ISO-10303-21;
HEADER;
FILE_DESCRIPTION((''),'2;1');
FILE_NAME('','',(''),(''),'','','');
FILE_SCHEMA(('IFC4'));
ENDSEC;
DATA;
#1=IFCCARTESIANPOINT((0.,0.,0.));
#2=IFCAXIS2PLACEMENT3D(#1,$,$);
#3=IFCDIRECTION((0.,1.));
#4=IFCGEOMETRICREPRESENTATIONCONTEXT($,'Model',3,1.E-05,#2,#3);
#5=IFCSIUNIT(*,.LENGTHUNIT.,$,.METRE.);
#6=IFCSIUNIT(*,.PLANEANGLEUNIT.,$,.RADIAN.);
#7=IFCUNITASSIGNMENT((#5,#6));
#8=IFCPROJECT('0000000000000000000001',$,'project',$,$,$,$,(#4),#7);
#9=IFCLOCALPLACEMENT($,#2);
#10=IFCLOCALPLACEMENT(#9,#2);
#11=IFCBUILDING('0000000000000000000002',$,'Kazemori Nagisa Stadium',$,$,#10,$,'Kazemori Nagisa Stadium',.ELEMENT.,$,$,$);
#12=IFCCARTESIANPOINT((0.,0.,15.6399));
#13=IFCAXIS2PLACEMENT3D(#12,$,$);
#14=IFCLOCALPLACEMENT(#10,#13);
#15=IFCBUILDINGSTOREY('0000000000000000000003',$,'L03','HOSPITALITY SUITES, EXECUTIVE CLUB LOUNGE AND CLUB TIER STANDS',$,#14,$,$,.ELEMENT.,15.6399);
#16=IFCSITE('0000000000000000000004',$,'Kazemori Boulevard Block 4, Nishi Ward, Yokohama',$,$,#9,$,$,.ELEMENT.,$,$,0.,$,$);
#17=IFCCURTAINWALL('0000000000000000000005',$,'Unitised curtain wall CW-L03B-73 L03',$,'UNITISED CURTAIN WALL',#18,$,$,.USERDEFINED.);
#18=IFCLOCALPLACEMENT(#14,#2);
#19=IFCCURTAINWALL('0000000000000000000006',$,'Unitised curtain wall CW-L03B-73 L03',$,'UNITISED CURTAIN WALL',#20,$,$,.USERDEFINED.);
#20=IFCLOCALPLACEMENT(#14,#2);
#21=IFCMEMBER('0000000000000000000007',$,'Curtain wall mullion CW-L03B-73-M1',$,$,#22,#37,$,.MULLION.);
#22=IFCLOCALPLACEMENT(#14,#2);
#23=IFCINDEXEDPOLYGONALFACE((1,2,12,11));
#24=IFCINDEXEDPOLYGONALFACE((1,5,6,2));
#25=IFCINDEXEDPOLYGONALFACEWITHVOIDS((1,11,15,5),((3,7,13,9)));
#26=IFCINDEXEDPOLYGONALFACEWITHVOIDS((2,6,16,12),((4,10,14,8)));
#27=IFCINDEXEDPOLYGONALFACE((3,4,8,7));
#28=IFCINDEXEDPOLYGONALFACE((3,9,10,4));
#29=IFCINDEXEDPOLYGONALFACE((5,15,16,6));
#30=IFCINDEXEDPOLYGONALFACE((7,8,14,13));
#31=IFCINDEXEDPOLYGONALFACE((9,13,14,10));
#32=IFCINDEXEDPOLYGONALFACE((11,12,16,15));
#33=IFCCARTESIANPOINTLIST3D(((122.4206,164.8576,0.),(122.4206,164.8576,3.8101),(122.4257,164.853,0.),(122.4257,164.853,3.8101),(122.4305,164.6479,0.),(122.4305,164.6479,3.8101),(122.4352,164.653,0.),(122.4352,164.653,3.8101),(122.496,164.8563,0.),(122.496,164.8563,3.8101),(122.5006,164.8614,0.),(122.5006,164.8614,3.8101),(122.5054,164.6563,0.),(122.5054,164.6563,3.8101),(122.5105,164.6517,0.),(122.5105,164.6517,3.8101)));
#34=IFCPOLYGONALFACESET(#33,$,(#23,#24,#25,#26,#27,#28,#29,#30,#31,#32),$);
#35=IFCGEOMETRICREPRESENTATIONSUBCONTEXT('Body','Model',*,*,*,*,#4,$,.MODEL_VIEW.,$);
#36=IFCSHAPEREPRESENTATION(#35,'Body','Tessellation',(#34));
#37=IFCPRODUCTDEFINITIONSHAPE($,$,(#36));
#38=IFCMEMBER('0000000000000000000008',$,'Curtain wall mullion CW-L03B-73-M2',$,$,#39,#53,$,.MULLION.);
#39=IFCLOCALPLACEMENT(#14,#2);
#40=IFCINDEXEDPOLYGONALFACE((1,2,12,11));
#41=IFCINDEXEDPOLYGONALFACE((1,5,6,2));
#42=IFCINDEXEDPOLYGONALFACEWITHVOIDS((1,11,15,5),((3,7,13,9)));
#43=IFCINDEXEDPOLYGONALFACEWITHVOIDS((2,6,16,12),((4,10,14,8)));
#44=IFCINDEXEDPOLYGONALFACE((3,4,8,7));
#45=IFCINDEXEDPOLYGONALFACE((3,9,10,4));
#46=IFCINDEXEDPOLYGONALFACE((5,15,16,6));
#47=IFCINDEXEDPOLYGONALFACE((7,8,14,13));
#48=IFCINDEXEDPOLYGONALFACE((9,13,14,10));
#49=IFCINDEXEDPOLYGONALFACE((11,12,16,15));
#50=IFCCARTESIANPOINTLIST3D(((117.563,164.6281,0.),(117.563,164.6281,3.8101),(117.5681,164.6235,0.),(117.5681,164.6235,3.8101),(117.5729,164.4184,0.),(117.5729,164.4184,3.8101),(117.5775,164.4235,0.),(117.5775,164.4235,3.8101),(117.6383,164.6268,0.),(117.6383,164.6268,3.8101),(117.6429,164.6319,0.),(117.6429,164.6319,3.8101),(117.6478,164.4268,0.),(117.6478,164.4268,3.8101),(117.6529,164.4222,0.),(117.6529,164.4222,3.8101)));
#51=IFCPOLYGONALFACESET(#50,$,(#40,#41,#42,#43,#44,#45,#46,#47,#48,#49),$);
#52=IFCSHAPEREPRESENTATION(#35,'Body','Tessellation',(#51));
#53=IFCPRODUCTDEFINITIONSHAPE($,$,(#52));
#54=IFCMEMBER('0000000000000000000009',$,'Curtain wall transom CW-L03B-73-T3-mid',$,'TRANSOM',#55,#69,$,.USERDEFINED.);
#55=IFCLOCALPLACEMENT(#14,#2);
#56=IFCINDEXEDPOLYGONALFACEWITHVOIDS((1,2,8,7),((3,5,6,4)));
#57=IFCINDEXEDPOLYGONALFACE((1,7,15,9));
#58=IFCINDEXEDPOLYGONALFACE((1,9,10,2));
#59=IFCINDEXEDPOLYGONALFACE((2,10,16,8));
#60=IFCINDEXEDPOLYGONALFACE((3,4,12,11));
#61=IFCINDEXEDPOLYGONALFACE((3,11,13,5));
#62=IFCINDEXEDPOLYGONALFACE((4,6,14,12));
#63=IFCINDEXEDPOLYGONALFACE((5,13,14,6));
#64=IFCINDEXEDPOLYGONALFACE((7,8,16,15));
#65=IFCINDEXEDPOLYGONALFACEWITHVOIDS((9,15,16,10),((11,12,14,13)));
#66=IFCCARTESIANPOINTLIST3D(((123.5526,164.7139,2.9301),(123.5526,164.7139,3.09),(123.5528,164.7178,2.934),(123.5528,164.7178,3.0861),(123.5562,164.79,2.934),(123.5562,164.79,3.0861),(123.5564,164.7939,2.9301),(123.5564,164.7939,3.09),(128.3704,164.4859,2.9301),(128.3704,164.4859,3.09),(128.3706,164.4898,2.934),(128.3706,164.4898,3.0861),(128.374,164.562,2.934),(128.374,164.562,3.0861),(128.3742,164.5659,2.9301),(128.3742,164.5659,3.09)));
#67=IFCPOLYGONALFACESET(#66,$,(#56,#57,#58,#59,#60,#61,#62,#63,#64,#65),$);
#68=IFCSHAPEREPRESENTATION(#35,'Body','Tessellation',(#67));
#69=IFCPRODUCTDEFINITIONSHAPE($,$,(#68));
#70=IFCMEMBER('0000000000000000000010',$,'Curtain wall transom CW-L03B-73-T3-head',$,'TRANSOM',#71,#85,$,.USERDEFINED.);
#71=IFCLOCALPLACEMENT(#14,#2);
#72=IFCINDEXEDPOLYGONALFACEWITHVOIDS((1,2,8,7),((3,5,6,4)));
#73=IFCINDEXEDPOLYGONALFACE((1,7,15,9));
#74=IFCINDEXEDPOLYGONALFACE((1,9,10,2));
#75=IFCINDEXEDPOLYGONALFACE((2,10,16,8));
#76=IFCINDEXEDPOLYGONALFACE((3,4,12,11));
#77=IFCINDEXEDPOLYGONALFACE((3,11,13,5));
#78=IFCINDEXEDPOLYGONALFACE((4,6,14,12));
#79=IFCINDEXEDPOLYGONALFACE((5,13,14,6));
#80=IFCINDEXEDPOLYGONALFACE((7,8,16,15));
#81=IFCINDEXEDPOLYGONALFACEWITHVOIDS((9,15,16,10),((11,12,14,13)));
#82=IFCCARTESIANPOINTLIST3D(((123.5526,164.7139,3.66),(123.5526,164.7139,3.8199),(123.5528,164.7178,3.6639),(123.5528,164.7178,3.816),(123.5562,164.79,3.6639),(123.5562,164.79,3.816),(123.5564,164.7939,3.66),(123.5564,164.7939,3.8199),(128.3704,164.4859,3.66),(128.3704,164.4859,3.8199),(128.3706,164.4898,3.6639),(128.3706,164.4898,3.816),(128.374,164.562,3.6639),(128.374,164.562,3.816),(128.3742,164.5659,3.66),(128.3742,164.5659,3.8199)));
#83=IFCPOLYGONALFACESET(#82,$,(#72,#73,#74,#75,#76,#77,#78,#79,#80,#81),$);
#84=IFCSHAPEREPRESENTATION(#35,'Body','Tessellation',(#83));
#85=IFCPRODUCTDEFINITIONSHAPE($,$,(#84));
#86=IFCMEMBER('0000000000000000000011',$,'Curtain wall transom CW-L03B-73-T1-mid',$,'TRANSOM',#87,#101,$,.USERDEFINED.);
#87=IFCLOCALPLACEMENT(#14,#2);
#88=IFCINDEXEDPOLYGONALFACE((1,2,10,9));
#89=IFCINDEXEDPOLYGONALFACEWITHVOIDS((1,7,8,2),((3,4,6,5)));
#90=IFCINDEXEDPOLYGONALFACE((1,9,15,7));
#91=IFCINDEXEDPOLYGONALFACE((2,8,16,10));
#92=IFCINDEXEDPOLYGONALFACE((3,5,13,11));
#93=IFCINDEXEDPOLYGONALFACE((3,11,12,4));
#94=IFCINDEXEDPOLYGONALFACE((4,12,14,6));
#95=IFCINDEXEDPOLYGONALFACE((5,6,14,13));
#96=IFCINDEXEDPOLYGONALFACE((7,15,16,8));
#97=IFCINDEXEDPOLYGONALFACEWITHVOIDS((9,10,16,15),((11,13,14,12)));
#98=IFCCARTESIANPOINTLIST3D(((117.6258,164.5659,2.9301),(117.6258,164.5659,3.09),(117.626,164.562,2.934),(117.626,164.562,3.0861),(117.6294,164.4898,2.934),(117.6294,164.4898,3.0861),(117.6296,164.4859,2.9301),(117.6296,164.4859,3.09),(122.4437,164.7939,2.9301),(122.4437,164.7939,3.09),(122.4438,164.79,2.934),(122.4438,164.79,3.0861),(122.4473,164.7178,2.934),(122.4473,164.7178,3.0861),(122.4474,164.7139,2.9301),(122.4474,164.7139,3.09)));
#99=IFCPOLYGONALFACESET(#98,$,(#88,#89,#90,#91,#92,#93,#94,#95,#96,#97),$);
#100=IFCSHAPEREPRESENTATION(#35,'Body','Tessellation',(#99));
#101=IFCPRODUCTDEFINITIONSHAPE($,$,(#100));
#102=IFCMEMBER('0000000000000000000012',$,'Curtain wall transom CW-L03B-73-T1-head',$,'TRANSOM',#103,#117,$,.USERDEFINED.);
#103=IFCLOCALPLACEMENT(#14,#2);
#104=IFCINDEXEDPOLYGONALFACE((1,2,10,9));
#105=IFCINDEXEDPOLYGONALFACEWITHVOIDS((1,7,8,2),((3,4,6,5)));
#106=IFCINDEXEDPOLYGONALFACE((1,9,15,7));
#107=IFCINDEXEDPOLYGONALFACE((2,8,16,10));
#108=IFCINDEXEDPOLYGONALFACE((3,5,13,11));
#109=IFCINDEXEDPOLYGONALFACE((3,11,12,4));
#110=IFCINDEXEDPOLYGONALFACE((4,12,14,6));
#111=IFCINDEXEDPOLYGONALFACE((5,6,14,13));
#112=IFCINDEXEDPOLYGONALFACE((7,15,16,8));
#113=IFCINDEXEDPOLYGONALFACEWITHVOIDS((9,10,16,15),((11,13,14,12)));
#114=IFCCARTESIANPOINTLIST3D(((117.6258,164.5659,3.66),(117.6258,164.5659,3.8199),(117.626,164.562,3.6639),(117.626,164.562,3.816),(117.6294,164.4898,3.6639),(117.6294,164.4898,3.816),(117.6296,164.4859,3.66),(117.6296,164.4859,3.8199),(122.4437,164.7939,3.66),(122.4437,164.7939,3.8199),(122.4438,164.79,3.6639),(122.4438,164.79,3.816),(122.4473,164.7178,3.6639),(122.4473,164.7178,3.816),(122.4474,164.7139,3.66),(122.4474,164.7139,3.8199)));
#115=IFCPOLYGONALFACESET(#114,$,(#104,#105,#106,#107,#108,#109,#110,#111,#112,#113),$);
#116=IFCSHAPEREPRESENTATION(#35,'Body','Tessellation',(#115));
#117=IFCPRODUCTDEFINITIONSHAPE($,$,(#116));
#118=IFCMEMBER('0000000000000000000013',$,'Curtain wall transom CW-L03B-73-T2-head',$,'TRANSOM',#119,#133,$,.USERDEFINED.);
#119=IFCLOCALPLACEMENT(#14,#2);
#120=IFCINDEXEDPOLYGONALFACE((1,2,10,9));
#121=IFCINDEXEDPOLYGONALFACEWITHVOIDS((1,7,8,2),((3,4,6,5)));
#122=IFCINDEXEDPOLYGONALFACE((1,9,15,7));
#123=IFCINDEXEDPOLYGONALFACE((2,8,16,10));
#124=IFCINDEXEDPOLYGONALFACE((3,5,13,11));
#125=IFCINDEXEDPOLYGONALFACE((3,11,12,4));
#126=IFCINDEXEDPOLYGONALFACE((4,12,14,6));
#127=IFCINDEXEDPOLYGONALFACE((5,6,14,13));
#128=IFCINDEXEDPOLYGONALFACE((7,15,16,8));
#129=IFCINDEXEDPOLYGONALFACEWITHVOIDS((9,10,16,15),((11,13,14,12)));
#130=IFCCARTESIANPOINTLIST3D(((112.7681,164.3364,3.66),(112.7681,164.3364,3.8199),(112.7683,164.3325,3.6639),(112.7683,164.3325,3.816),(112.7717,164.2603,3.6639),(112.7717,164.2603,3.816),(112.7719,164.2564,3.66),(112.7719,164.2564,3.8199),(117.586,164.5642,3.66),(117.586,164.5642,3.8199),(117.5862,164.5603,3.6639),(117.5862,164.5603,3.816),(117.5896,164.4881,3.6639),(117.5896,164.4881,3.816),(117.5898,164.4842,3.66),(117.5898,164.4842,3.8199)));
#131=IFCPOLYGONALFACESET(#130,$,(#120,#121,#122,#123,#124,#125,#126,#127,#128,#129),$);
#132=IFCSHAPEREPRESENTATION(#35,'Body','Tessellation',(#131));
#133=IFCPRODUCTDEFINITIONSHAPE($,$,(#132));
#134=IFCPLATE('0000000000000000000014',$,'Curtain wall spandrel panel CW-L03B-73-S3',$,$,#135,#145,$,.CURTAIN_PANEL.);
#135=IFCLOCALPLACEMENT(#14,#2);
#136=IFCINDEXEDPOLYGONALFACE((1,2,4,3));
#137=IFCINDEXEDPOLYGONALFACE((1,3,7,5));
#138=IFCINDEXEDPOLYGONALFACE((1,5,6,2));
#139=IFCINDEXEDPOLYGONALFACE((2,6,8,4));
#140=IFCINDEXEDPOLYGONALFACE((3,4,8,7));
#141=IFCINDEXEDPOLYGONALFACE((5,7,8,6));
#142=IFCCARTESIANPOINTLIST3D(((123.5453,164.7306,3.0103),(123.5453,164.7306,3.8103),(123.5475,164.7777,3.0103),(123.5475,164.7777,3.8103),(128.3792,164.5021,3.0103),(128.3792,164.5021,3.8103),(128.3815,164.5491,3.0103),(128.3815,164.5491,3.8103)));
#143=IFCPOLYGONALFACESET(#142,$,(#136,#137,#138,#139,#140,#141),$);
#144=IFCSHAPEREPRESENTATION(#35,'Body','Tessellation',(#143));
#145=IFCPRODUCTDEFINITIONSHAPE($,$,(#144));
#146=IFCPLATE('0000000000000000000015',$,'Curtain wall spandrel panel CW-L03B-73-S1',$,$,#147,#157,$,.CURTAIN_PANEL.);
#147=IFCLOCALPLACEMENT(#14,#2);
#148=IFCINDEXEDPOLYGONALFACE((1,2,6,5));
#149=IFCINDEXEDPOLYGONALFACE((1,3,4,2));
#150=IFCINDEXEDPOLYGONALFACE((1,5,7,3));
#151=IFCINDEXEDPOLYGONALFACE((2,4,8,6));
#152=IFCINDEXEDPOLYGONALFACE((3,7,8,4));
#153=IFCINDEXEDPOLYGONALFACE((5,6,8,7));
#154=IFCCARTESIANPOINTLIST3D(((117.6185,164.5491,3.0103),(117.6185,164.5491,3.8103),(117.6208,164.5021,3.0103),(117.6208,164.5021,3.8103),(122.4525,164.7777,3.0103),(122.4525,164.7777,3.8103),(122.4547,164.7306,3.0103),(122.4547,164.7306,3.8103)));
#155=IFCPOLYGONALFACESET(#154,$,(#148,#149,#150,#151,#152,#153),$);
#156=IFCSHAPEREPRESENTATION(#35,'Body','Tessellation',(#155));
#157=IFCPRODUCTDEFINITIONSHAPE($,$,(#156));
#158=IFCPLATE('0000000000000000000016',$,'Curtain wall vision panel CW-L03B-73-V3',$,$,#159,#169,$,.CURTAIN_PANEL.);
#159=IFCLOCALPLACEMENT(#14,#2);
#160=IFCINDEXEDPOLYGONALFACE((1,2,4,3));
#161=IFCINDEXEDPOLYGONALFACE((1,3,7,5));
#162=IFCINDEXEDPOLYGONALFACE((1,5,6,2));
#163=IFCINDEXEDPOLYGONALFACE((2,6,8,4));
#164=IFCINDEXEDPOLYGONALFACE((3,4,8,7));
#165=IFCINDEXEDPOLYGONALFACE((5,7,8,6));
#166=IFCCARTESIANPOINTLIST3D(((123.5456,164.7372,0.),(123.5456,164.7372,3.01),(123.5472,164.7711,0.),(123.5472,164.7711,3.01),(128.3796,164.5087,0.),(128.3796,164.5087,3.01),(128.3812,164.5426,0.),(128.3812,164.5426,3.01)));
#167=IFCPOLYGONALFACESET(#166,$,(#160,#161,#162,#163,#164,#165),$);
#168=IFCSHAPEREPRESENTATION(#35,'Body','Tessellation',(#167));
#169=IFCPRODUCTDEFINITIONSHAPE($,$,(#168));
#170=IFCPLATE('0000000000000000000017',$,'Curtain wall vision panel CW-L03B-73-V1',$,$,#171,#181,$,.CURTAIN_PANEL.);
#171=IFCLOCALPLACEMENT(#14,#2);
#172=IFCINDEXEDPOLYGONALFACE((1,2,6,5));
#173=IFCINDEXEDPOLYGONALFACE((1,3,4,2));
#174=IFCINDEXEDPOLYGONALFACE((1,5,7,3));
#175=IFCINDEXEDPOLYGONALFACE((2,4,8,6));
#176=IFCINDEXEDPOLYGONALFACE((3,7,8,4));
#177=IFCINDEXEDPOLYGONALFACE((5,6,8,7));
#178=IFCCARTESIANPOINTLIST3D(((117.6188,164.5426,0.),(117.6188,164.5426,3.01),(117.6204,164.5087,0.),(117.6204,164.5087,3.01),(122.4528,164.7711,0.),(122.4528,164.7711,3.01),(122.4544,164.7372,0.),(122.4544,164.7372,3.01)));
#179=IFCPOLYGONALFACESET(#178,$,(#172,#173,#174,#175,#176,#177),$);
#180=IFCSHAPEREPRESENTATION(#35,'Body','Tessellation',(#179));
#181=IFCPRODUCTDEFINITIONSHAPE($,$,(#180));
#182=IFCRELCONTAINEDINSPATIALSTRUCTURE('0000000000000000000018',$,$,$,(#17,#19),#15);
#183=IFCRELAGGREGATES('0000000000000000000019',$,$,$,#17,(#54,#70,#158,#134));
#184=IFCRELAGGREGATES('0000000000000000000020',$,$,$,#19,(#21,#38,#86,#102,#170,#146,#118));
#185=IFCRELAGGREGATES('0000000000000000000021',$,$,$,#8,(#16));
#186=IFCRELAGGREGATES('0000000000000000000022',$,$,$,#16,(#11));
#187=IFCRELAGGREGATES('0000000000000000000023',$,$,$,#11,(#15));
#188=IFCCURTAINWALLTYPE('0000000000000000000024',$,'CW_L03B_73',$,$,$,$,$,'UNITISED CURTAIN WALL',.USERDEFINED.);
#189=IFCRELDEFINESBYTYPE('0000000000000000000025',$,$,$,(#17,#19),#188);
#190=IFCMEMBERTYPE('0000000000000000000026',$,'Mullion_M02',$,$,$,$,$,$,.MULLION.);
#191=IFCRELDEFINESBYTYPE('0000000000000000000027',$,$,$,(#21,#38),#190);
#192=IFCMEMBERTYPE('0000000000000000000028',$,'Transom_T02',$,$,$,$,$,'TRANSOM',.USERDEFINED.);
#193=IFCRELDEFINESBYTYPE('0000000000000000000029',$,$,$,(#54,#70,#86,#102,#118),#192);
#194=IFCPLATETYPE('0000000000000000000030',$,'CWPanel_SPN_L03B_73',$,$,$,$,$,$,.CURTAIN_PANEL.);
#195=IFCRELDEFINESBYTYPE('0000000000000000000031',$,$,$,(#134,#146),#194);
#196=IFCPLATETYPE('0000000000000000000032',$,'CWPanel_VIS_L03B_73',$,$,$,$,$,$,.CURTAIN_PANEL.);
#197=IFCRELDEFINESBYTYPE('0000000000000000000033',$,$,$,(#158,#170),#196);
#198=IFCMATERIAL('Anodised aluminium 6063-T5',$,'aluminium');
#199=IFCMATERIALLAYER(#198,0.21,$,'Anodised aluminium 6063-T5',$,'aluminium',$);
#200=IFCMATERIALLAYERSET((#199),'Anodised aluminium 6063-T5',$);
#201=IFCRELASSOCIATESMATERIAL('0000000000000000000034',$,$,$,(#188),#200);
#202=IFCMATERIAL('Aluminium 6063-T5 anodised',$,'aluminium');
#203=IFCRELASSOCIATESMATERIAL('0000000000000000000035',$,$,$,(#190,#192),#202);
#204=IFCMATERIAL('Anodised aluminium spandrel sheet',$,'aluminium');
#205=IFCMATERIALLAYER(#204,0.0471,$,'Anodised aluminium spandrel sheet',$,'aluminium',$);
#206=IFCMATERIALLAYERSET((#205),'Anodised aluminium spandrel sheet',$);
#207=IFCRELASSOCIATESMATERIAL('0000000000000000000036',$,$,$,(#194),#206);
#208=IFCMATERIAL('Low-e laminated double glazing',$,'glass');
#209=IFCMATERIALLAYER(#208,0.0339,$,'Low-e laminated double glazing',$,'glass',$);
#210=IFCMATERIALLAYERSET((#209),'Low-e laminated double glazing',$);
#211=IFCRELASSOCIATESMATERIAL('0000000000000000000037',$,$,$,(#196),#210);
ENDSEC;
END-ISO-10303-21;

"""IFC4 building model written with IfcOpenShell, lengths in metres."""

from ifc_helpers import new_model, si_unit, direction, frame, origin, origin_2d, place, context, subcontext, project, spatial, rectangle, hollow_rectangle, extrude, material, layer, layer_set, material_profile, profile_set, type_object, element, aggregate, save


model = new_model("IFC4")

# Units and contexts
model_context = context("Model", 3, precision=1e-05, world=origin(), true_north=direction((0.0, 1.0)))
body_context = subcontext(model_context, "Body", "Model", "MODEL_VIEW")
ifc_project = project(units=[si_unit("LENGTHUNIT", "METRE"), si_unit("PLANEANGLEUNIT", "RADIAN")], contexts=[model_context])

# Site, building, storey
site_placement = place(None, origin())
site = spatial("IfcSite", under=ifc_project, at=site_placement, Name="Kazemori Boulevard Block 4, Nishi Ward, Yokohama", CompositionType="ELEMENT", RefElevation=0.0)
building_placement = place(site_placement, origin())
building = spatial("IfcBuilding", under=site, at=building_placement, Name="Kazemori Nagisa Stadium", LongName="Kazemori Nagisa Stadium", CompositionType="ELEMENT")
storey_placement = place(building_placement, frame((0.0, 0.0, 15.6399)))
storey = spatial("IfcBuildingStorey", under=building, at=storey_placement, Name="L03", Description="HOSPITALITY SUITES, EXECUTIVE CLUB LOUNGE AND CLUB TIER STANDS", CompositionType="ELEMENT", Elevation=15.6399)

# Curtain walls, members
ifc_material_1 = material(Name="Anodised aluminium 6063-T5", Category="aluminium")
ifc_layer_1 = layer(ifc_material_1, 0.21, Name="Anodised aluminium 6063-T5", Category="aluminium")
ifc_layer_set_1 = layer_set([ifc_layer_1], Name="Anodised aluminium 6063-T5")
curtain_wall_type = type_object("IfcCurtainWallType", Name="CW_L03B_73", ElementType="UNITISED CURTAIN WALL", PredefinedType="USERDEFINED", material=ifc_layer_set_1)
curtain_wall_1_placement = place(storey_placement, origin())
curtain_wall_1 = element("IfcCurtainWall", 1, at=curtain_wall_1_placement, inside=storey, type_object=curtain_wall_type, Name="Unitised curtain wall CW-L03B-73 L03", ObjectType="UNITISED CURTAIN WALL", PredefinedType="USERDEFINED")
ifc_material_2 = material(Name="Aluminium 6063-T5 anodised", Category="aluminium")
ifc_material_profile_1 = material_profile(ifc_material_2, hollow_rectangle(XDim=0.0801, YDim=0.21, WallThickness=0.0049, at=origin_2d()), Name="ALU-MULL-80x210x5")
ifc_profile_set_1 = profile_set([ifc_material_profile_1], Name="Aluminium 6063-T5 anodised")
member_type_1 = type_object("IfcMemberType", Name="Mullion_M02", PredefinedType="MULLION", material=ifc_profile_set_1)
curtain_wall_2_placement = place(storey_placement, origin())
curtain_wall_2 = element("IfcCurtainWall", 2, at=curtain_wall_2_placement, inside=storey, type_object=curtain_wall_type, Name="Unitised curtain wall CW-L03B-73 L03", ObjectType="UNITISED CURTAIN WALL", PredefinedType="USERDEFINED")
member_1_placement = place(storey_placement, frame((122.4656, 164.7546, 0.0), z_axis=(0.0, 0.0, 1.0), x_axis=(-0.998884, -0.04723, 0.0)))
member_1 = element("IfcMember", 3, at=member_1_placement, type_object=member_type_1, Name="Curtain wall mullion CW-L03B-73-M1", PredefinedType="MULLION", context=body_context, shape_type="SweptSolid", body=[
    extrude(hollow_rectangle(XDim=0.0801, YDim=0.21, WallThickness=0.0049, at=origin_2d()), origin(), (0.0, 0.0, 1.0), 3.8101),
])
member_2_placement = place(storey_placement, frame((117.6079, 164.5251, 0.0), z_axis=(0.0, 0.0, 1.0), x_axis=(-0.998884, -0.04723, 0.0)))
member_2 = element("IfcMember", 4, at=member_2_placement, type_object=member_type_1, Name="Curtain wall mullion CW-L03B-73-M2", PredefinedType="MULLION", context=body_context, shape_type="SweptSolid", body=[
    extrude(hollow_rectangle(XDim=0.0801, YDim=0.21, WallThickness=0.0049, at=origin_2d()), origin(), (0.0, 0.0, 1.0), 3.8101),
])

# Members
ifc_material_profile_2 = material_profile(ifc_material_2, hollow_rectangle(XDim=0.0801, YDim=0.1599, WallThickness=0.0039, at=origin_2d()), Name="ALU-TRAN-80x160x4")
ifc_profile_set_2 = profile_set([ifc_material_profile_2], Name="Aluminium 6063-T5 anodised")
member_type_2 = type_object("IfcMemberType", Name="Transom_T02", ElementType="TRANSOM", PredefinedType="USERDEFINED", material=ifc_profile_set_2)
member_3_placement = place(storey_placement, frame((128.3723, 164.5259, 3.01), z_axis=(-0.998882, 0.047277, 0.0), x_axis=(-0.047277, -0.998882, 0.0)))
member_3 = element("IfcMember", 5, at=member_3_placement, type_object=member_type_2, Name="Curtain wall transom CW-L03B-73-T3-mid", ObjectType="TRANSOM", PredefinedType="USERDEFINED", context=body_context, shape_type="SweptSolid", body=[
    extrude(hollow_rectangle(XDim=0.0801, YDim=0.1599, WallThickness=0.0039, at=origin_2d()), origin(), (0.0, 0.0, 1.0), 4.8232),
])
member_4_placement = place(storey_placement, frame((128.3723, 164.5259, 3.74), z_axis=(-0.998882, 0.047277, 0.0), x_axis=(-0.047277, -0.998882, 0.0)))
member_4 = element("IfcMember", 6, at=member_4_placement, type_object=member_type_2, Name="Curtain wall transom CW-L03B-73-T3-head", ObjectType="TRANSOM", PredefinedType="USERDEFINED", context=body_context, shape_type="SweptSolid", body=[
    extrude(hollow_rectangle(XDim=0.0801, YDim=0.1599, WallThickness=0.0039, at=origin_2d()), origin(), (0.0, 0.0, 1.0), 4.8232),
])
member_5_placement = place(storey_placement, frame((122.4456, 164.7539, 3.01), z_axis=(-0.998882, -0.047277, 0.0), x_axis=(0.047277, -0.998882, 0.0)))
member_5 = element("IfcMember", 7, at=member_5_placement, type_object=member_type_2, Name="Curtain wall transom CW-L03B-73-T1-mid", ObjectType="TRANSOM", PredefinedType="USERDEFINED", context=body_context, shape_type="SweptSolid", body=[
    extrude(hollow_rectangle(XDim=0.0801, YDim=0.1599, WallThickness=0.0039, at=origin_2d()), origin(), (0.0, 0.0, 1.0), 4.8232),
])
member_6_placement = place(storey_placement, frame((122.4456, 164.7539, 3.74), z_axis=(-0.998882, -0.047277, 0.0), x_axis=(0.047277, -0.998882, 0.0)))
member_6 = element("IfcMember", 8, at=member_6_placement, type_object=member_type_2, Name="Curtain wall transom CW-L03B-73-T1-head", ObjectType="TRANSOM", PredefinedType="USERDEFINED", context=body_context, shape_type="SweptSolid", body=[
    extrude(hollow_rectangle(XDim=0.0801, YDim=0.1599, WallThickness=0.0039, at=origin_2d()), origin(), (0.0, 0.0, 1.0), 4.8232),
])
member_7_placement = place(storey_placement, frame((117.5879, 164.5242, 3.74), z_axis=(-0.998884, -0.047226, 0.0), x_axis=(0.047226, -0.998884, 0.0)))
member_7 = element("IfcMember", 9, at=member_7_placement, type_object=member_type_2, Name="Curtain wall transom CW-L03B-73-T2-head", ObjectType="TRANSOM", PredefinedType="USERDEFINED", context=body_context, shape_type="SweptSolid", body=[
    extrude(hollow_rectangle(XDim=0.0801, YDim=0.1599, WallThickness=0.0039, at=origin_2d()), origin(), (0.0, 0.0, 1.0), 4.8232),
])

# Plates
ifc_material_3 = material(Name="Anodised aluminium spandrel sheet", Category="aluminium")
ifc_layer_2 = layer(ifc_material_3, 0.0471, Name="Anodised aluminium spandrel sheet", Category="aluminium")
ifc_layer_set_2 = layer_set([ifc_layer_2], Name="Anodised aluminium spandrel sheet")
plate_type_1 = type_object("IfcPlateType", Name="CWPanel_SPN_L03B_73", PredefinedType="CURTAIN_PANEL", material=ifc_layer_set_2)
plate_1_placement = place(storey_placement, frame((125.9634, 164.6399, 3.0103), z_axis=(0.0, 0.0, 1.0), x_axis=(-0.998884, 0.04723, 0.0)))
plate_1 = element("IfcPlate", 10, at=plate_1_placement, type_object=plate_type_1, Name="Curtain wall spandrel panel CW-L03B-73-S3", PredefinedType="CURTAIN_PANEL", context=body_context, shape_type="SweptSolid", body=[
    extrude(rectangle(XDim=4.8394, YDim=0.0471, at=origin_2d()), origin(), (0.0, 0.0, 1.0), 0.8),
])
plate_2_placement = place(storey_placement, frame((120.0366, 164.6399, 3.0103), z_axis=(0.0, 0.0, 1.0), x_axis=(-0.998884, -0.04723, 0.0)))
plate_2 = element("IfcPlate", 11, at=plate_2_placement, type_object=plate_type_1, Name="Curtain wall spandrel panel CW-L03B-73-S1", PredefinedType="CURTAIN_PANEL", context=body_context, shape_type="SweptSolid", body=[
    extrude(rectangle(XDim=4.8394, YDim=0.0471, at=origin_2d()), origin(), (0.0, 0.0, 1.0), 0.8),
])
ifc_material_4 = material(Name="Low-e laminated double glazing", Category="glass")
ifc_layer_3 = layer(ifc_material_4, 0.0339, Name="Low-e laminated double glazing", Category="glass")
ifc_layer_set_3 = layer_set([ifc_layer_3], Name="Low-e laminated double glazing")
plate_type_2 = type_object("IfcPlateType", Name="CWPanel_VIS_L03B_73", PredefinedType="CURTAIN_PANEL", material=ifc_layer_set_3)
plate_3_placement = place(storey_placement, frame((125.9634, 164.6399, 0.0), z_axis=(0.0, 0.0, 1.0), x_axis=(-0.998884, 0.04723, 0.0)))
plate_3 = element("IfcPlate", 12, at=plate_3_placement, type_object=plate_type_2, Name="Curtain wall vision panel CW-L03B-73-V3", PredefinedType="CURTAIN_PANEL", context=body_context, shape_type="SweptSolid", body=[
    extrude(rectangle(XDim=4.8394, YDim=0.0339, at=origin_2d()), origin(), (0.0, 0.0, 1.0), 3.01),
])
aggregate(curtain_wall_1, [member_3, member_4, plate_3, plate_1])
plate_4_placement = place(storey_placement, frame((120.0366, 164.6399, 0.0), z_axis=(0.0, 0.0, 1.0), x_axis=(-0.998884, -0.04723, 0.0)))
plate_4 = element("IfcPlate", 13, at=plate_4_placement, type_object=plate_type_2, Name="Curtain wall vision panel CW-L03B-73-V1", PredefinedType="CURTAIN_PANEL", context=body_context, shape_type="SweptSolid", body=[
    extrude(rectangle(XDim=4.8394, YDim=0.0339, at=origin_2d()), origin(), (0.0, 0.0, 1.0), 3.01),
])
aggregate(curtain_wall_2, [member_1, member_2, member_5, member_6, plate_4, plate_2, member_7])

save(model, "model.ifc")
